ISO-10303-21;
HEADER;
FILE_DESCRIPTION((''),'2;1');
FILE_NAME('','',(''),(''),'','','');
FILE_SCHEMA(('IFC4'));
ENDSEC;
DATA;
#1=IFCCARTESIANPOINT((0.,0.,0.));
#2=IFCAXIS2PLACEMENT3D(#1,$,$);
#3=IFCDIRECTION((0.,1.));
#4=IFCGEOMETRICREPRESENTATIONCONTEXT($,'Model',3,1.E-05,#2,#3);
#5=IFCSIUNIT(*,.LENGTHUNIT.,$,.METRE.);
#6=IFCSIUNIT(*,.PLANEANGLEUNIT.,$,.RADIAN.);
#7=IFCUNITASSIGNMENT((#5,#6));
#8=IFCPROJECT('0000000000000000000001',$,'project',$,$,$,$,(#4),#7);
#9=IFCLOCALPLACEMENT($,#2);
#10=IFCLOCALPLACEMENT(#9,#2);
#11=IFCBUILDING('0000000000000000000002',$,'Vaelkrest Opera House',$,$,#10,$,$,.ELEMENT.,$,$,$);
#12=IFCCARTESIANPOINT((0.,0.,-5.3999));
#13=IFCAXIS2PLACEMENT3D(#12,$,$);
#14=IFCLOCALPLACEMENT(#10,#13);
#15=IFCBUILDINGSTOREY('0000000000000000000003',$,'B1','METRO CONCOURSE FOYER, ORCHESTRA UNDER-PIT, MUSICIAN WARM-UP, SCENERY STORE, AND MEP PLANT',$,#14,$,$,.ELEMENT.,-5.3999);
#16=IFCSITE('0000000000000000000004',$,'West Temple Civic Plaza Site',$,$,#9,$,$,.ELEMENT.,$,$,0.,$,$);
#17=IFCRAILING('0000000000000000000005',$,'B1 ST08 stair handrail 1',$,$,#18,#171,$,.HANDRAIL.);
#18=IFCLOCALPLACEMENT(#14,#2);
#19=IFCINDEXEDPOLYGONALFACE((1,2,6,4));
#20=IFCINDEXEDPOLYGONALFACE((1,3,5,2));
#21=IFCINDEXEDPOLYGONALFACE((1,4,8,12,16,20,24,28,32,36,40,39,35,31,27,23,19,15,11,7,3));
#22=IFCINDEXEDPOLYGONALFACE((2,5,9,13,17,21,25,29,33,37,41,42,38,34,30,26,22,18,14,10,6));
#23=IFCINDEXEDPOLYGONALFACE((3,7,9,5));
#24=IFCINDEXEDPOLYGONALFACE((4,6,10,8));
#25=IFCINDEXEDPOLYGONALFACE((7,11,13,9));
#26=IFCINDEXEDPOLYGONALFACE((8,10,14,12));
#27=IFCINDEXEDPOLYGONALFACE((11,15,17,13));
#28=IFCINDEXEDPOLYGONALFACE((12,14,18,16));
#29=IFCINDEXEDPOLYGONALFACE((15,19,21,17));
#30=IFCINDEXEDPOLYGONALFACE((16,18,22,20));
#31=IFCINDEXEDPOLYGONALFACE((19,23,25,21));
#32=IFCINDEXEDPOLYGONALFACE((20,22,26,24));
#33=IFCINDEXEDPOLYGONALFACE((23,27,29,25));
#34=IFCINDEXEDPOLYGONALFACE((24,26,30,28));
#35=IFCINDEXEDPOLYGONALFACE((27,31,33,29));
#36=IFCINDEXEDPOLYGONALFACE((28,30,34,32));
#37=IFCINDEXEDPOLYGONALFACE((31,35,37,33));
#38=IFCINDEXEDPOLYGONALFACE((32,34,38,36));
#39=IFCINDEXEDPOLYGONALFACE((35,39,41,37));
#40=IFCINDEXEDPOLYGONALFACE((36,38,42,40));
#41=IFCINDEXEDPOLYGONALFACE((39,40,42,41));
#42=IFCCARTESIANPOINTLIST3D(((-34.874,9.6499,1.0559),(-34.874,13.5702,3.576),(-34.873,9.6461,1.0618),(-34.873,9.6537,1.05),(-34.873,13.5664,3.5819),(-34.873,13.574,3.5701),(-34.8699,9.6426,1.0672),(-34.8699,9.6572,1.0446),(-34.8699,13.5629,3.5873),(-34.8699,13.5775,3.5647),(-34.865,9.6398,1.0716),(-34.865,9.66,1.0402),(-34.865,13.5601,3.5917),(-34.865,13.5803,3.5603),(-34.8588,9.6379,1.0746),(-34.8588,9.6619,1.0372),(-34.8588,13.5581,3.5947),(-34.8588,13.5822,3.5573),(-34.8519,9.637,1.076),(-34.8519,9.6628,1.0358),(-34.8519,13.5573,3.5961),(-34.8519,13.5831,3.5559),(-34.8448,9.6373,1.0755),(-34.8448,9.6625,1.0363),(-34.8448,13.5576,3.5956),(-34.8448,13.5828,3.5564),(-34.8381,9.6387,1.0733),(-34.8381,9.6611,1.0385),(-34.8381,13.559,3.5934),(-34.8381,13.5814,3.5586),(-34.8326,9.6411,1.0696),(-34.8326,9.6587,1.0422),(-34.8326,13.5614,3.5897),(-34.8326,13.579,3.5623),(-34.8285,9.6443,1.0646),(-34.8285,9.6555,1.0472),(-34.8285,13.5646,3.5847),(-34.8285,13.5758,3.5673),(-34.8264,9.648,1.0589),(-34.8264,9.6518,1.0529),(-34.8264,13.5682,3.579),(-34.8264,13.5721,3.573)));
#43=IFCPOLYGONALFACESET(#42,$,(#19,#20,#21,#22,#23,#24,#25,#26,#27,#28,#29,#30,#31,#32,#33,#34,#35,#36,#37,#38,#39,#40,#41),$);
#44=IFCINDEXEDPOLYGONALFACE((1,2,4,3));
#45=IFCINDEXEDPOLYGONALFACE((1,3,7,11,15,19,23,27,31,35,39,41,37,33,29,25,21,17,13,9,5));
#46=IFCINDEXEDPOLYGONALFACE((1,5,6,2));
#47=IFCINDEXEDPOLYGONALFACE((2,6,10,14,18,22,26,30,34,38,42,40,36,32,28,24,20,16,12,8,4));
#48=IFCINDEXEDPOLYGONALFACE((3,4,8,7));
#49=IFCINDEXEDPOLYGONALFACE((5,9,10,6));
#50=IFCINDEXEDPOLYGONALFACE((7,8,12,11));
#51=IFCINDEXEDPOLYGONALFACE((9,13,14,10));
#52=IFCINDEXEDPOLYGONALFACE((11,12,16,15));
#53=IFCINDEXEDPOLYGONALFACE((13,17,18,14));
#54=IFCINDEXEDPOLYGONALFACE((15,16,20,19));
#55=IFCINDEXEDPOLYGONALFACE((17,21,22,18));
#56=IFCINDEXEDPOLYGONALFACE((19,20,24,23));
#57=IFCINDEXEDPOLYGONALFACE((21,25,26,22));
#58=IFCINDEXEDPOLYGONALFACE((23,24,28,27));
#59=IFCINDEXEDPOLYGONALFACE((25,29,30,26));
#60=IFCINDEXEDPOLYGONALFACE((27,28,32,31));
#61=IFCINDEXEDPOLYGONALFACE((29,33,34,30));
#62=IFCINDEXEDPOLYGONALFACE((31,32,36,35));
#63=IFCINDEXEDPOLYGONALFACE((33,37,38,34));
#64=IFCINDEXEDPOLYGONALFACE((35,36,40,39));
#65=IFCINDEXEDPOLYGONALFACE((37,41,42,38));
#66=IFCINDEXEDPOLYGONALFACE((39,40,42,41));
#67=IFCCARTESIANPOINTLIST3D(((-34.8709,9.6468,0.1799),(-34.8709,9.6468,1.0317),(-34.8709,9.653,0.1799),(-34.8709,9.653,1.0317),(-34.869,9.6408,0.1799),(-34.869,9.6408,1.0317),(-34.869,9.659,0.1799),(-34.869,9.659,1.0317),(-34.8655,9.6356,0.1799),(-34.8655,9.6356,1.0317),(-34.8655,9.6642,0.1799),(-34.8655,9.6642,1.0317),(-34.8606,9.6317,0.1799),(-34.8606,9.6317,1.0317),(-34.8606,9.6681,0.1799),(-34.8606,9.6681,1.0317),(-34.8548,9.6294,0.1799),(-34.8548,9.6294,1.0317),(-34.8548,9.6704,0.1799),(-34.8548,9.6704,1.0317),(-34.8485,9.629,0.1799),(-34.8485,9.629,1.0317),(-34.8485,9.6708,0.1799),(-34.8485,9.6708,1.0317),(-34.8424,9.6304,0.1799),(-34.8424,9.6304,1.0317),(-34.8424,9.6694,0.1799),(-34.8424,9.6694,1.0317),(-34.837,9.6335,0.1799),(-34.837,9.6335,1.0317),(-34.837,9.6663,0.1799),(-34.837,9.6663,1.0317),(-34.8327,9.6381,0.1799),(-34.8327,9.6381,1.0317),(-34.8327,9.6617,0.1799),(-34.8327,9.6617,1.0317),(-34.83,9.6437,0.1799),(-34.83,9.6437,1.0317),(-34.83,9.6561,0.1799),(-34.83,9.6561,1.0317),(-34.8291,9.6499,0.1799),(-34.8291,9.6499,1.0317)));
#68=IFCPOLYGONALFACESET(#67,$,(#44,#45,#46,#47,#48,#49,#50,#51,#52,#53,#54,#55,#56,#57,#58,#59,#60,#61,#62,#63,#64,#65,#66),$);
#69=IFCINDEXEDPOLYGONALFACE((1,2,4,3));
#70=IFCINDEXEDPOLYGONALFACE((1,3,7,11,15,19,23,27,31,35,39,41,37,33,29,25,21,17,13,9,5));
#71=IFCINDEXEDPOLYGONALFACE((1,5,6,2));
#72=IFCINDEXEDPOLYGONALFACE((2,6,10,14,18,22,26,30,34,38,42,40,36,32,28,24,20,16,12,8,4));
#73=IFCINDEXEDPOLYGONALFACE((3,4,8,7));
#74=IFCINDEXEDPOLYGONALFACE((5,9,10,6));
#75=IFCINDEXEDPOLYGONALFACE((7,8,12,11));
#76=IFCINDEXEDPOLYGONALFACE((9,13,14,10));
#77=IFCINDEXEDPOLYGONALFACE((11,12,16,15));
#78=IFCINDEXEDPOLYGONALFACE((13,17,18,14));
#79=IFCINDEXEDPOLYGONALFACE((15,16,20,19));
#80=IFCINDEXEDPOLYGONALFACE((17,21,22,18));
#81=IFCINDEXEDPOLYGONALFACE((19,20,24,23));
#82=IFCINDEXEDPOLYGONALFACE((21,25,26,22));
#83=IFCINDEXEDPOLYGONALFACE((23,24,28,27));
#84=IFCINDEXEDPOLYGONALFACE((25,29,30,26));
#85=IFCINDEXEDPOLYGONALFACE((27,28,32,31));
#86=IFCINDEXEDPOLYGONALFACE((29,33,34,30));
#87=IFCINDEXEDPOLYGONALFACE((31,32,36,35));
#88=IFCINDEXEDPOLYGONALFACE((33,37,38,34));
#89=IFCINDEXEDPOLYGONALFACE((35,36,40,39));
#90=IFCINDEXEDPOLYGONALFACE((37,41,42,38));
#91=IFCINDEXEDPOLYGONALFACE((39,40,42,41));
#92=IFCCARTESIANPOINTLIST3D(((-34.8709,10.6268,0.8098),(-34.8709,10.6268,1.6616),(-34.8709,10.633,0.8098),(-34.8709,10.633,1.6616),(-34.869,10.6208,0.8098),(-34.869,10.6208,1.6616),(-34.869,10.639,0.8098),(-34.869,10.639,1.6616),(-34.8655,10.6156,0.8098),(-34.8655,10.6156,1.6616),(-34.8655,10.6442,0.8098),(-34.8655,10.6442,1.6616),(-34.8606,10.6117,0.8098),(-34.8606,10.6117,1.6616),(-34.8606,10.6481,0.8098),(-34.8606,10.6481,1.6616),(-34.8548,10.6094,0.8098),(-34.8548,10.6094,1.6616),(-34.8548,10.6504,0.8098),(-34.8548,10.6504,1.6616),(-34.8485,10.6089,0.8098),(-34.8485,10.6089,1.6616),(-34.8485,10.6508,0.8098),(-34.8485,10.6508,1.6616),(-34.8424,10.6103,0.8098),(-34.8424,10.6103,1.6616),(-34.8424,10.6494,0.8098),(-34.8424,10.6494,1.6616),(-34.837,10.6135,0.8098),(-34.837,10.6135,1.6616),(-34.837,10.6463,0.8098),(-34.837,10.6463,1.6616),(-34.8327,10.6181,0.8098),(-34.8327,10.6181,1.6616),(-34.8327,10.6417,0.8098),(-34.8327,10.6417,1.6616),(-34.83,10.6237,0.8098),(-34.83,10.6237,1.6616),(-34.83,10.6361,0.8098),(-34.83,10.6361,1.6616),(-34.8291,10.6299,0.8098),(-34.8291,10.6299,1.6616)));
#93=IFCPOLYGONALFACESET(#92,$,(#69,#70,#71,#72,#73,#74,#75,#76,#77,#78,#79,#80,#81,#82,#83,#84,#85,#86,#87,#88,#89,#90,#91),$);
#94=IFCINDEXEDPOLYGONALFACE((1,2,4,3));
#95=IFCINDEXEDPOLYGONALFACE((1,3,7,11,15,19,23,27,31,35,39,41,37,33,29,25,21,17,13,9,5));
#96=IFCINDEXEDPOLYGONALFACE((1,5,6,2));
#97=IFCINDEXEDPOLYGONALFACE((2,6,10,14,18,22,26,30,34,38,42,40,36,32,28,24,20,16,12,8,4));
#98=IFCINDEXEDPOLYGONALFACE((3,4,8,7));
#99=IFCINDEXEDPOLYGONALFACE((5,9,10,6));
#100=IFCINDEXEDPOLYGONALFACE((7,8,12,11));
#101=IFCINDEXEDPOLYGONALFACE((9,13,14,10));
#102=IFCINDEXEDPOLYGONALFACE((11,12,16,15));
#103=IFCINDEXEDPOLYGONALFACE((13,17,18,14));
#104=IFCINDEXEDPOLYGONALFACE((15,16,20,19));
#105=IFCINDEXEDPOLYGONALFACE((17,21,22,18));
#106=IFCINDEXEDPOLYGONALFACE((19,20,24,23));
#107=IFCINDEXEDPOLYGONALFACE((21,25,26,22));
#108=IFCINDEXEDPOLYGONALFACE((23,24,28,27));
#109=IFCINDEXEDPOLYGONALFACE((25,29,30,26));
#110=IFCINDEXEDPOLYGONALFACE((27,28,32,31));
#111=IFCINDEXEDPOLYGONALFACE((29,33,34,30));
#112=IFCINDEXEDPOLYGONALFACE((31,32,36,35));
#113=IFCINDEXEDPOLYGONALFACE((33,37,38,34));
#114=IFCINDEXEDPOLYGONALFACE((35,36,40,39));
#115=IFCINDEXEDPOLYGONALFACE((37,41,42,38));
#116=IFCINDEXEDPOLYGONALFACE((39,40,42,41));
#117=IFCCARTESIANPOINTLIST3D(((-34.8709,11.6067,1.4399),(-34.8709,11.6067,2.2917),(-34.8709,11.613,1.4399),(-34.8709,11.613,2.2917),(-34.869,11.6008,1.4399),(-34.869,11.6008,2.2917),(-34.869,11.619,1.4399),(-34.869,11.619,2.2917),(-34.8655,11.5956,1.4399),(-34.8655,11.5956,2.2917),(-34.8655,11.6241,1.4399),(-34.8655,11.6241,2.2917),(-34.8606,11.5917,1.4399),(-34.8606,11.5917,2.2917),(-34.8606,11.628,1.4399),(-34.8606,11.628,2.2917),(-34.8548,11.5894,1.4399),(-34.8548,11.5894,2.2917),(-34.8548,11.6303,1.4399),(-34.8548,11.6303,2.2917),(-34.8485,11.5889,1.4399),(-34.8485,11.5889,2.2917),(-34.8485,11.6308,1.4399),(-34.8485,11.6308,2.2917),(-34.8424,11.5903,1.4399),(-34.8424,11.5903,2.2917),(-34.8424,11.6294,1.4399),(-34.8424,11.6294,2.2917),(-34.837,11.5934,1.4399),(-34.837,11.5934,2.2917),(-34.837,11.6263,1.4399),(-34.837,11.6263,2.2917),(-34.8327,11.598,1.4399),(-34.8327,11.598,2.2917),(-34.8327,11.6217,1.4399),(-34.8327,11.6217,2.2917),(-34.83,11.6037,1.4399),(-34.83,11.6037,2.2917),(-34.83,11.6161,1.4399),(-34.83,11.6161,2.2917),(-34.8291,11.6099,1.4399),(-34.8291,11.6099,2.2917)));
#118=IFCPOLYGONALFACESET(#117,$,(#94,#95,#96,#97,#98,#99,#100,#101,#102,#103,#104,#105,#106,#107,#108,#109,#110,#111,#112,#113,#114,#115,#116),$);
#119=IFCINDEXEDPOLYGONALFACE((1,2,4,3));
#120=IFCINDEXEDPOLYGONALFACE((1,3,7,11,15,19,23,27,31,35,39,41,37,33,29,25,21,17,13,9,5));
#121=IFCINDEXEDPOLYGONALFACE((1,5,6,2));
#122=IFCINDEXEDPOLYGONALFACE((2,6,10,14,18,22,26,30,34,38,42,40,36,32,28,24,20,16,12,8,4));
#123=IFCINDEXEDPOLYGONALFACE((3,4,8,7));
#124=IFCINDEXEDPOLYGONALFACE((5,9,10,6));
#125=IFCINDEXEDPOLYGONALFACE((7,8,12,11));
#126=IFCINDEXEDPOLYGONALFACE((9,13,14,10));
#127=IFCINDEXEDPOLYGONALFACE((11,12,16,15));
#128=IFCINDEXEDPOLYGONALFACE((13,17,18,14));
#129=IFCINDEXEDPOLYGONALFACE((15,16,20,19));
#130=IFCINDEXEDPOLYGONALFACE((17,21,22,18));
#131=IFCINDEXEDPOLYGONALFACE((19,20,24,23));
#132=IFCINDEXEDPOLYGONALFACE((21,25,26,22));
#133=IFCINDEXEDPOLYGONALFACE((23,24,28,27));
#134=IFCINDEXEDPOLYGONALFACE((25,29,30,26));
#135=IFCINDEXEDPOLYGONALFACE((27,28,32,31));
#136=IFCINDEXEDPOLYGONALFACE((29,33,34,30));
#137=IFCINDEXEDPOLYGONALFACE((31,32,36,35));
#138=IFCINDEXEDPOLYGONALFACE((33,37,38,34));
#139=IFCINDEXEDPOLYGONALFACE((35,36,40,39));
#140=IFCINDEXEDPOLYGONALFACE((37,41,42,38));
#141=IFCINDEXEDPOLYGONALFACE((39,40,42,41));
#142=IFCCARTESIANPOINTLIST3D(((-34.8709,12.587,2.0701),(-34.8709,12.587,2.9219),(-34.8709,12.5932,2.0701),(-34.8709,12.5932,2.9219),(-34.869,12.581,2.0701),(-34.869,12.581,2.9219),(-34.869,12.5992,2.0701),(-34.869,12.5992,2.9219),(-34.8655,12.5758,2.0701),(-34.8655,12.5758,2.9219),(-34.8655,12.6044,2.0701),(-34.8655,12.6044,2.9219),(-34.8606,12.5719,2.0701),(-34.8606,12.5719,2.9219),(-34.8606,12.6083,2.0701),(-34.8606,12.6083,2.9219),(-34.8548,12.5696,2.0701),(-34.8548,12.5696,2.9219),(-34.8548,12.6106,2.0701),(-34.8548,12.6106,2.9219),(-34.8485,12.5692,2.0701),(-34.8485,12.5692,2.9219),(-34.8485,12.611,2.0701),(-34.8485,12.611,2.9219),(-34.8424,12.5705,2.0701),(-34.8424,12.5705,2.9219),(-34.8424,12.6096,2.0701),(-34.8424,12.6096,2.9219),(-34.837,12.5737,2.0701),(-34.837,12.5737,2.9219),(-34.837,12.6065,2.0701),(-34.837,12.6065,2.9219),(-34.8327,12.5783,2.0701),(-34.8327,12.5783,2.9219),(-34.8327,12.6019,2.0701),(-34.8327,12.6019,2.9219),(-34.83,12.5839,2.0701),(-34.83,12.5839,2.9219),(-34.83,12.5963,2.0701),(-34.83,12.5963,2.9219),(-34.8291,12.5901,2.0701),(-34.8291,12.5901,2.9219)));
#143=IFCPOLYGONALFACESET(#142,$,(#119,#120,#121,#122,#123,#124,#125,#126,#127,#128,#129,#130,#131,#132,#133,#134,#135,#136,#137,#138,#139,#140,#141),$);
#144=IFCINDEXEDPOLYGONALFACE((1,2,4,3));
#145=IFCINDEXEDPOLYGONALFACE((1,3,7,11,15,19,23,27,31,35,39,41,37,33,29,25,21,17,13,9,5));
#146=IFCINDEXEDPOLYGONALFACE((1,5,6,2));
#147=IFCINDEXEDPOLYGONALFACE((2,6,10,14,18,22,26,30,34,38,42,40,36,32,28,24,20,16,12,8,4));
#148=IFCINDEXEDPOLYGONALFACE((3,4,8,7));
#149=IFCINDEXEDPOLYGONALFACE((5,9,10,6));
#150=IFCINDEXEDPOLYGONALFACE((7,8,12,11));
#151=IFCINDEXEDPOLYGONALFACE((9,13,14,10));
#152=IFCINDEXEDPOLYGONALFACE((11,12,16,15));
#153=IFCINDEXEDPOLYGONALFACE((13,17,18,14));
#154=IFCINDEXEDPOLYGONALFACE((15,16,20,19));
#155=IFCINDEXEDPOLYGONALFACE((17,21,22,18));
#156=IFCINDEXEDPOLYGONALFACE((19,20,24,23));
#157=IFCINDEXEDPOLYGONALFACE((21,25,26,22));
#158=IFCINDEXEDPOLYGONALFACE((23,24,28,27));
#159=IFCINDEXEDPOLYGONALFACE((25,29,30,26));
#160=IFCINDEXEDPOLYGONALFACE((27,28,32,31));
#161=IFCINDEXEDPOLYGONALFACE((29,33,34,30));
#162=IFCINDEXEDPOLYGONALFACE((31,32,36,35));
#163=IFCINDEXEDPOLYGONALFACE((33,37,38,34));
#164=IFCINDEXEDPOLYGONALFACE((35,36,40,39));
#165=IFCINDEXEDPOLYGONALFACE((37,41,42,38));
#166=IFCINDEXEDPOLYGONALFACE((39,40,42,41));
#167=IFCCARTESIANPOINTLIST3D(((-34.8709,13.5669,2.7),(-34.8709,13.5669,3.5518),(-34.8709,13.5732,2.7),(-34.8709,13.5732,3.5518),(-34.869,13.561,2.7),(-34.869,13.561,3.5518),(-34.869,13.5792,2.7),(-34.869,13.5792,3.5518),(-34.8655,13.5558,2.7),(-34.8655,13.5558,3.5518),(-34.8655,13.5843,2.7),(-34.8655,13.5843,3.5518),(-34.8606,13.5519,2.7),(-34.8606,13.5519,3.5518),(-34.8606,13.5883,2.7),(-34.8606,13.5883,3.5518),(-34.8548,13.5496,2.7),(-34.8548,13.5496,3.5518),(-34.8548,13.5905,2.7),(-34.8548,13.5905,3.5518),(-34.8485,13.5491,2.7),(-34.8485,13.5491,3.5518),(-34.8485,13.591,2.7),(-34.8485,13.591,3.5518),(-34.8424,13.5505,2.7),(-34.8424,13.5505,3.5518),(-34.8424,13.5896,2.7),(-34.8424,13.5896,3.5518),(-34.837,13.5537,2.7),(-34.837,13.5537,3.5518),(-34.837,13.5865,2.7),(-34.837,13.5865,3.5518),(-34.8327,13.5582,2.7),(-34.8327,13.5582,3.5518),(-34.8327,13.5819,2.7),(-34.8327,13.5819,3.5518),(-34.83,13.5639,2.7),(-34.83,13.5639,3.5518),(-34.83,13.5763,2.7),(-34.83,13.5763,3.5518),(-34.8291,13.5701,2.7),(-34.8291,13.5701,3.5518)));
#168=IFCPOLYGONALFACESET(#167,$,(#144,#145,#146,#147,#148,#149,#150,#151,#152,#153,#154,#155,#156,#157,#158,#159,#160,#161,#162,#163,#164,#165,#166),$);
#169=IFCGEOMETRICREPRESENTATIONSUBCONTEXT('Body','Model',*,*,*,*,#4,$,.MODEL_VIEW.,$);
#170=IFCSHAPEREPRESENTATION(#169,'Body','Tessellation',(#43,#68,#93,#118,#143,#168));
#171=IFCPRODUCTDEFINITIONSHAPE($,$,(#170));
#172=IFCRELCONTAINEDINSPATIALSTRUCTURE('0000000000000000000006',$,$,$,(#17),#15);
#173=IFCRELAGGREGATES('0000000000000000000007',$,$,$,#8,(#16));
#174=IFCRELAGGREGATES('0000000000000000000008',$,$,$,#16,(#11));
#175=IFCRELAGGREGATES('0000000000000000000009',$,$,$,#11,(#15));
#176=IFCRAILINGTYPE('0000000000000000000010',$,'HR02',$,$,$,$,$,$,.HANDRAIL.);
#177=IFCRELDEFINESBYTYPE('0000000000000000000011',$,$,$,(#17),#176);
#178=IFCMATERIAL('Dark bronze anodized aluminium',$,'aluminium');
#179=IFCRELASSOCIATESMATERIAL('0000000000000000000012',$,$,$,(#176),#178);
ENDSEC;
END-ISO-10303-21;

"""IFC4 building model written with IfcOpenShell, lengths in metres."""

from ifc_helpers import new_model, si_unit, direction, frame, origin, origin_2d, place, context, subcontext, project, spatial, circle, extrude, material, type_object, element, save


model = new_model("IFC4")

# Units and contexts
model_context = context("Model", 3, precision=1e-05, world=origin(), true_north=direction((0.0, 1.0)))
body_context = subcontext(model_context, "Body", "Model", "MODEL_VIEW")
ifc_project = project(units=[si_unit("LENGTHUNIT", "METRE"), si_unit("PLANEANGLEUNIT", "RADIAN")], contexts=[model_context])

# Site, building, storey
site_placement = place(None, origin())
site = spatial("IfcSite", under=ifc_project, at=site_placement, Name="West Temple Civic Plaza Site", CompositionType="ELEMENT", RefElevation=0.0)
building_placement = place(site_placement, origin())
building = spatial("IfcBuilding", under=site, at=building_placement, Name="Vaelkrest Opera House", CompositionType="ELEMENT")
storey_placement = place(building_placement, frame((0.0, 0.0, -5.3999)))
storey = spatial("IfcBuildingStorey", under=building, at=storey_placement, Name="B1", Description="METRO CONCOURSE FOYER, ORCHESTRA UNDER-PIT, MUSICIAN WARM-UP, SCENERY STORE, AND MEP PLANT", CompositionType="ELEMENT", Elevation=-5.3999)

# Railing
ifc_material_1 = material(Name="Dark bronze anodized aluminium", Category="aluminium")
railing_type_1 = type_object("IfcRailingType", Name="HR02", PredefinedType="HANDRAIL", material=ifc_material_1)
railing_1_placement = place(storey_placement, frame((-34.8501, 9.6499, 0.1799)))
element("IfcRailing", 1, at=railing_1_placement, inside=storey, type_object=railing_type_1, Name="B1 ST08 stair handrail 1", PredefinedType="HANDRAIL", context=body_context, shape_type="SweptSolid", body=[
    extrude(circle(Radius=0.0239, at=origin_2d()), frame((0.0, 0.0, 0.876), z_axis=(0.0, 0.841187, 0.540744), x_axis=(-1.0, 0.0, 0.0)), (0.0, 0.0, 1.0), 4.6604),
    extrude(circle(Radius=0.021, at=origin_2d()), origin(), (0.0, 0.0, 1.0), 0.8518),
    extrude(circle(Radius=0.021, at=origin_2d()), frame((0.0, 0.98, 0.6299)), (0.0, 0.0, 1.0), 0.8518),
    extrude(circle(Radius=0.021, at=origin_2d()), frame((0.0, 1.96, 1.26)), (0.0, 0.0, 1.0), 0.8518),
    extrude(circle(Radius=0.021, at=origin_2d()), frame((0.0, 2.9402, 1.8901)), (0.0, 0.0, 1.0), 0.8518),
    extrude(circle(Radius=0.021, at=origin_2d()), frame((0.0, 3.9202, 2.52)), (0.0, 0.0, 1.0), 0.8518),
])

save(model, "model.ifc")
